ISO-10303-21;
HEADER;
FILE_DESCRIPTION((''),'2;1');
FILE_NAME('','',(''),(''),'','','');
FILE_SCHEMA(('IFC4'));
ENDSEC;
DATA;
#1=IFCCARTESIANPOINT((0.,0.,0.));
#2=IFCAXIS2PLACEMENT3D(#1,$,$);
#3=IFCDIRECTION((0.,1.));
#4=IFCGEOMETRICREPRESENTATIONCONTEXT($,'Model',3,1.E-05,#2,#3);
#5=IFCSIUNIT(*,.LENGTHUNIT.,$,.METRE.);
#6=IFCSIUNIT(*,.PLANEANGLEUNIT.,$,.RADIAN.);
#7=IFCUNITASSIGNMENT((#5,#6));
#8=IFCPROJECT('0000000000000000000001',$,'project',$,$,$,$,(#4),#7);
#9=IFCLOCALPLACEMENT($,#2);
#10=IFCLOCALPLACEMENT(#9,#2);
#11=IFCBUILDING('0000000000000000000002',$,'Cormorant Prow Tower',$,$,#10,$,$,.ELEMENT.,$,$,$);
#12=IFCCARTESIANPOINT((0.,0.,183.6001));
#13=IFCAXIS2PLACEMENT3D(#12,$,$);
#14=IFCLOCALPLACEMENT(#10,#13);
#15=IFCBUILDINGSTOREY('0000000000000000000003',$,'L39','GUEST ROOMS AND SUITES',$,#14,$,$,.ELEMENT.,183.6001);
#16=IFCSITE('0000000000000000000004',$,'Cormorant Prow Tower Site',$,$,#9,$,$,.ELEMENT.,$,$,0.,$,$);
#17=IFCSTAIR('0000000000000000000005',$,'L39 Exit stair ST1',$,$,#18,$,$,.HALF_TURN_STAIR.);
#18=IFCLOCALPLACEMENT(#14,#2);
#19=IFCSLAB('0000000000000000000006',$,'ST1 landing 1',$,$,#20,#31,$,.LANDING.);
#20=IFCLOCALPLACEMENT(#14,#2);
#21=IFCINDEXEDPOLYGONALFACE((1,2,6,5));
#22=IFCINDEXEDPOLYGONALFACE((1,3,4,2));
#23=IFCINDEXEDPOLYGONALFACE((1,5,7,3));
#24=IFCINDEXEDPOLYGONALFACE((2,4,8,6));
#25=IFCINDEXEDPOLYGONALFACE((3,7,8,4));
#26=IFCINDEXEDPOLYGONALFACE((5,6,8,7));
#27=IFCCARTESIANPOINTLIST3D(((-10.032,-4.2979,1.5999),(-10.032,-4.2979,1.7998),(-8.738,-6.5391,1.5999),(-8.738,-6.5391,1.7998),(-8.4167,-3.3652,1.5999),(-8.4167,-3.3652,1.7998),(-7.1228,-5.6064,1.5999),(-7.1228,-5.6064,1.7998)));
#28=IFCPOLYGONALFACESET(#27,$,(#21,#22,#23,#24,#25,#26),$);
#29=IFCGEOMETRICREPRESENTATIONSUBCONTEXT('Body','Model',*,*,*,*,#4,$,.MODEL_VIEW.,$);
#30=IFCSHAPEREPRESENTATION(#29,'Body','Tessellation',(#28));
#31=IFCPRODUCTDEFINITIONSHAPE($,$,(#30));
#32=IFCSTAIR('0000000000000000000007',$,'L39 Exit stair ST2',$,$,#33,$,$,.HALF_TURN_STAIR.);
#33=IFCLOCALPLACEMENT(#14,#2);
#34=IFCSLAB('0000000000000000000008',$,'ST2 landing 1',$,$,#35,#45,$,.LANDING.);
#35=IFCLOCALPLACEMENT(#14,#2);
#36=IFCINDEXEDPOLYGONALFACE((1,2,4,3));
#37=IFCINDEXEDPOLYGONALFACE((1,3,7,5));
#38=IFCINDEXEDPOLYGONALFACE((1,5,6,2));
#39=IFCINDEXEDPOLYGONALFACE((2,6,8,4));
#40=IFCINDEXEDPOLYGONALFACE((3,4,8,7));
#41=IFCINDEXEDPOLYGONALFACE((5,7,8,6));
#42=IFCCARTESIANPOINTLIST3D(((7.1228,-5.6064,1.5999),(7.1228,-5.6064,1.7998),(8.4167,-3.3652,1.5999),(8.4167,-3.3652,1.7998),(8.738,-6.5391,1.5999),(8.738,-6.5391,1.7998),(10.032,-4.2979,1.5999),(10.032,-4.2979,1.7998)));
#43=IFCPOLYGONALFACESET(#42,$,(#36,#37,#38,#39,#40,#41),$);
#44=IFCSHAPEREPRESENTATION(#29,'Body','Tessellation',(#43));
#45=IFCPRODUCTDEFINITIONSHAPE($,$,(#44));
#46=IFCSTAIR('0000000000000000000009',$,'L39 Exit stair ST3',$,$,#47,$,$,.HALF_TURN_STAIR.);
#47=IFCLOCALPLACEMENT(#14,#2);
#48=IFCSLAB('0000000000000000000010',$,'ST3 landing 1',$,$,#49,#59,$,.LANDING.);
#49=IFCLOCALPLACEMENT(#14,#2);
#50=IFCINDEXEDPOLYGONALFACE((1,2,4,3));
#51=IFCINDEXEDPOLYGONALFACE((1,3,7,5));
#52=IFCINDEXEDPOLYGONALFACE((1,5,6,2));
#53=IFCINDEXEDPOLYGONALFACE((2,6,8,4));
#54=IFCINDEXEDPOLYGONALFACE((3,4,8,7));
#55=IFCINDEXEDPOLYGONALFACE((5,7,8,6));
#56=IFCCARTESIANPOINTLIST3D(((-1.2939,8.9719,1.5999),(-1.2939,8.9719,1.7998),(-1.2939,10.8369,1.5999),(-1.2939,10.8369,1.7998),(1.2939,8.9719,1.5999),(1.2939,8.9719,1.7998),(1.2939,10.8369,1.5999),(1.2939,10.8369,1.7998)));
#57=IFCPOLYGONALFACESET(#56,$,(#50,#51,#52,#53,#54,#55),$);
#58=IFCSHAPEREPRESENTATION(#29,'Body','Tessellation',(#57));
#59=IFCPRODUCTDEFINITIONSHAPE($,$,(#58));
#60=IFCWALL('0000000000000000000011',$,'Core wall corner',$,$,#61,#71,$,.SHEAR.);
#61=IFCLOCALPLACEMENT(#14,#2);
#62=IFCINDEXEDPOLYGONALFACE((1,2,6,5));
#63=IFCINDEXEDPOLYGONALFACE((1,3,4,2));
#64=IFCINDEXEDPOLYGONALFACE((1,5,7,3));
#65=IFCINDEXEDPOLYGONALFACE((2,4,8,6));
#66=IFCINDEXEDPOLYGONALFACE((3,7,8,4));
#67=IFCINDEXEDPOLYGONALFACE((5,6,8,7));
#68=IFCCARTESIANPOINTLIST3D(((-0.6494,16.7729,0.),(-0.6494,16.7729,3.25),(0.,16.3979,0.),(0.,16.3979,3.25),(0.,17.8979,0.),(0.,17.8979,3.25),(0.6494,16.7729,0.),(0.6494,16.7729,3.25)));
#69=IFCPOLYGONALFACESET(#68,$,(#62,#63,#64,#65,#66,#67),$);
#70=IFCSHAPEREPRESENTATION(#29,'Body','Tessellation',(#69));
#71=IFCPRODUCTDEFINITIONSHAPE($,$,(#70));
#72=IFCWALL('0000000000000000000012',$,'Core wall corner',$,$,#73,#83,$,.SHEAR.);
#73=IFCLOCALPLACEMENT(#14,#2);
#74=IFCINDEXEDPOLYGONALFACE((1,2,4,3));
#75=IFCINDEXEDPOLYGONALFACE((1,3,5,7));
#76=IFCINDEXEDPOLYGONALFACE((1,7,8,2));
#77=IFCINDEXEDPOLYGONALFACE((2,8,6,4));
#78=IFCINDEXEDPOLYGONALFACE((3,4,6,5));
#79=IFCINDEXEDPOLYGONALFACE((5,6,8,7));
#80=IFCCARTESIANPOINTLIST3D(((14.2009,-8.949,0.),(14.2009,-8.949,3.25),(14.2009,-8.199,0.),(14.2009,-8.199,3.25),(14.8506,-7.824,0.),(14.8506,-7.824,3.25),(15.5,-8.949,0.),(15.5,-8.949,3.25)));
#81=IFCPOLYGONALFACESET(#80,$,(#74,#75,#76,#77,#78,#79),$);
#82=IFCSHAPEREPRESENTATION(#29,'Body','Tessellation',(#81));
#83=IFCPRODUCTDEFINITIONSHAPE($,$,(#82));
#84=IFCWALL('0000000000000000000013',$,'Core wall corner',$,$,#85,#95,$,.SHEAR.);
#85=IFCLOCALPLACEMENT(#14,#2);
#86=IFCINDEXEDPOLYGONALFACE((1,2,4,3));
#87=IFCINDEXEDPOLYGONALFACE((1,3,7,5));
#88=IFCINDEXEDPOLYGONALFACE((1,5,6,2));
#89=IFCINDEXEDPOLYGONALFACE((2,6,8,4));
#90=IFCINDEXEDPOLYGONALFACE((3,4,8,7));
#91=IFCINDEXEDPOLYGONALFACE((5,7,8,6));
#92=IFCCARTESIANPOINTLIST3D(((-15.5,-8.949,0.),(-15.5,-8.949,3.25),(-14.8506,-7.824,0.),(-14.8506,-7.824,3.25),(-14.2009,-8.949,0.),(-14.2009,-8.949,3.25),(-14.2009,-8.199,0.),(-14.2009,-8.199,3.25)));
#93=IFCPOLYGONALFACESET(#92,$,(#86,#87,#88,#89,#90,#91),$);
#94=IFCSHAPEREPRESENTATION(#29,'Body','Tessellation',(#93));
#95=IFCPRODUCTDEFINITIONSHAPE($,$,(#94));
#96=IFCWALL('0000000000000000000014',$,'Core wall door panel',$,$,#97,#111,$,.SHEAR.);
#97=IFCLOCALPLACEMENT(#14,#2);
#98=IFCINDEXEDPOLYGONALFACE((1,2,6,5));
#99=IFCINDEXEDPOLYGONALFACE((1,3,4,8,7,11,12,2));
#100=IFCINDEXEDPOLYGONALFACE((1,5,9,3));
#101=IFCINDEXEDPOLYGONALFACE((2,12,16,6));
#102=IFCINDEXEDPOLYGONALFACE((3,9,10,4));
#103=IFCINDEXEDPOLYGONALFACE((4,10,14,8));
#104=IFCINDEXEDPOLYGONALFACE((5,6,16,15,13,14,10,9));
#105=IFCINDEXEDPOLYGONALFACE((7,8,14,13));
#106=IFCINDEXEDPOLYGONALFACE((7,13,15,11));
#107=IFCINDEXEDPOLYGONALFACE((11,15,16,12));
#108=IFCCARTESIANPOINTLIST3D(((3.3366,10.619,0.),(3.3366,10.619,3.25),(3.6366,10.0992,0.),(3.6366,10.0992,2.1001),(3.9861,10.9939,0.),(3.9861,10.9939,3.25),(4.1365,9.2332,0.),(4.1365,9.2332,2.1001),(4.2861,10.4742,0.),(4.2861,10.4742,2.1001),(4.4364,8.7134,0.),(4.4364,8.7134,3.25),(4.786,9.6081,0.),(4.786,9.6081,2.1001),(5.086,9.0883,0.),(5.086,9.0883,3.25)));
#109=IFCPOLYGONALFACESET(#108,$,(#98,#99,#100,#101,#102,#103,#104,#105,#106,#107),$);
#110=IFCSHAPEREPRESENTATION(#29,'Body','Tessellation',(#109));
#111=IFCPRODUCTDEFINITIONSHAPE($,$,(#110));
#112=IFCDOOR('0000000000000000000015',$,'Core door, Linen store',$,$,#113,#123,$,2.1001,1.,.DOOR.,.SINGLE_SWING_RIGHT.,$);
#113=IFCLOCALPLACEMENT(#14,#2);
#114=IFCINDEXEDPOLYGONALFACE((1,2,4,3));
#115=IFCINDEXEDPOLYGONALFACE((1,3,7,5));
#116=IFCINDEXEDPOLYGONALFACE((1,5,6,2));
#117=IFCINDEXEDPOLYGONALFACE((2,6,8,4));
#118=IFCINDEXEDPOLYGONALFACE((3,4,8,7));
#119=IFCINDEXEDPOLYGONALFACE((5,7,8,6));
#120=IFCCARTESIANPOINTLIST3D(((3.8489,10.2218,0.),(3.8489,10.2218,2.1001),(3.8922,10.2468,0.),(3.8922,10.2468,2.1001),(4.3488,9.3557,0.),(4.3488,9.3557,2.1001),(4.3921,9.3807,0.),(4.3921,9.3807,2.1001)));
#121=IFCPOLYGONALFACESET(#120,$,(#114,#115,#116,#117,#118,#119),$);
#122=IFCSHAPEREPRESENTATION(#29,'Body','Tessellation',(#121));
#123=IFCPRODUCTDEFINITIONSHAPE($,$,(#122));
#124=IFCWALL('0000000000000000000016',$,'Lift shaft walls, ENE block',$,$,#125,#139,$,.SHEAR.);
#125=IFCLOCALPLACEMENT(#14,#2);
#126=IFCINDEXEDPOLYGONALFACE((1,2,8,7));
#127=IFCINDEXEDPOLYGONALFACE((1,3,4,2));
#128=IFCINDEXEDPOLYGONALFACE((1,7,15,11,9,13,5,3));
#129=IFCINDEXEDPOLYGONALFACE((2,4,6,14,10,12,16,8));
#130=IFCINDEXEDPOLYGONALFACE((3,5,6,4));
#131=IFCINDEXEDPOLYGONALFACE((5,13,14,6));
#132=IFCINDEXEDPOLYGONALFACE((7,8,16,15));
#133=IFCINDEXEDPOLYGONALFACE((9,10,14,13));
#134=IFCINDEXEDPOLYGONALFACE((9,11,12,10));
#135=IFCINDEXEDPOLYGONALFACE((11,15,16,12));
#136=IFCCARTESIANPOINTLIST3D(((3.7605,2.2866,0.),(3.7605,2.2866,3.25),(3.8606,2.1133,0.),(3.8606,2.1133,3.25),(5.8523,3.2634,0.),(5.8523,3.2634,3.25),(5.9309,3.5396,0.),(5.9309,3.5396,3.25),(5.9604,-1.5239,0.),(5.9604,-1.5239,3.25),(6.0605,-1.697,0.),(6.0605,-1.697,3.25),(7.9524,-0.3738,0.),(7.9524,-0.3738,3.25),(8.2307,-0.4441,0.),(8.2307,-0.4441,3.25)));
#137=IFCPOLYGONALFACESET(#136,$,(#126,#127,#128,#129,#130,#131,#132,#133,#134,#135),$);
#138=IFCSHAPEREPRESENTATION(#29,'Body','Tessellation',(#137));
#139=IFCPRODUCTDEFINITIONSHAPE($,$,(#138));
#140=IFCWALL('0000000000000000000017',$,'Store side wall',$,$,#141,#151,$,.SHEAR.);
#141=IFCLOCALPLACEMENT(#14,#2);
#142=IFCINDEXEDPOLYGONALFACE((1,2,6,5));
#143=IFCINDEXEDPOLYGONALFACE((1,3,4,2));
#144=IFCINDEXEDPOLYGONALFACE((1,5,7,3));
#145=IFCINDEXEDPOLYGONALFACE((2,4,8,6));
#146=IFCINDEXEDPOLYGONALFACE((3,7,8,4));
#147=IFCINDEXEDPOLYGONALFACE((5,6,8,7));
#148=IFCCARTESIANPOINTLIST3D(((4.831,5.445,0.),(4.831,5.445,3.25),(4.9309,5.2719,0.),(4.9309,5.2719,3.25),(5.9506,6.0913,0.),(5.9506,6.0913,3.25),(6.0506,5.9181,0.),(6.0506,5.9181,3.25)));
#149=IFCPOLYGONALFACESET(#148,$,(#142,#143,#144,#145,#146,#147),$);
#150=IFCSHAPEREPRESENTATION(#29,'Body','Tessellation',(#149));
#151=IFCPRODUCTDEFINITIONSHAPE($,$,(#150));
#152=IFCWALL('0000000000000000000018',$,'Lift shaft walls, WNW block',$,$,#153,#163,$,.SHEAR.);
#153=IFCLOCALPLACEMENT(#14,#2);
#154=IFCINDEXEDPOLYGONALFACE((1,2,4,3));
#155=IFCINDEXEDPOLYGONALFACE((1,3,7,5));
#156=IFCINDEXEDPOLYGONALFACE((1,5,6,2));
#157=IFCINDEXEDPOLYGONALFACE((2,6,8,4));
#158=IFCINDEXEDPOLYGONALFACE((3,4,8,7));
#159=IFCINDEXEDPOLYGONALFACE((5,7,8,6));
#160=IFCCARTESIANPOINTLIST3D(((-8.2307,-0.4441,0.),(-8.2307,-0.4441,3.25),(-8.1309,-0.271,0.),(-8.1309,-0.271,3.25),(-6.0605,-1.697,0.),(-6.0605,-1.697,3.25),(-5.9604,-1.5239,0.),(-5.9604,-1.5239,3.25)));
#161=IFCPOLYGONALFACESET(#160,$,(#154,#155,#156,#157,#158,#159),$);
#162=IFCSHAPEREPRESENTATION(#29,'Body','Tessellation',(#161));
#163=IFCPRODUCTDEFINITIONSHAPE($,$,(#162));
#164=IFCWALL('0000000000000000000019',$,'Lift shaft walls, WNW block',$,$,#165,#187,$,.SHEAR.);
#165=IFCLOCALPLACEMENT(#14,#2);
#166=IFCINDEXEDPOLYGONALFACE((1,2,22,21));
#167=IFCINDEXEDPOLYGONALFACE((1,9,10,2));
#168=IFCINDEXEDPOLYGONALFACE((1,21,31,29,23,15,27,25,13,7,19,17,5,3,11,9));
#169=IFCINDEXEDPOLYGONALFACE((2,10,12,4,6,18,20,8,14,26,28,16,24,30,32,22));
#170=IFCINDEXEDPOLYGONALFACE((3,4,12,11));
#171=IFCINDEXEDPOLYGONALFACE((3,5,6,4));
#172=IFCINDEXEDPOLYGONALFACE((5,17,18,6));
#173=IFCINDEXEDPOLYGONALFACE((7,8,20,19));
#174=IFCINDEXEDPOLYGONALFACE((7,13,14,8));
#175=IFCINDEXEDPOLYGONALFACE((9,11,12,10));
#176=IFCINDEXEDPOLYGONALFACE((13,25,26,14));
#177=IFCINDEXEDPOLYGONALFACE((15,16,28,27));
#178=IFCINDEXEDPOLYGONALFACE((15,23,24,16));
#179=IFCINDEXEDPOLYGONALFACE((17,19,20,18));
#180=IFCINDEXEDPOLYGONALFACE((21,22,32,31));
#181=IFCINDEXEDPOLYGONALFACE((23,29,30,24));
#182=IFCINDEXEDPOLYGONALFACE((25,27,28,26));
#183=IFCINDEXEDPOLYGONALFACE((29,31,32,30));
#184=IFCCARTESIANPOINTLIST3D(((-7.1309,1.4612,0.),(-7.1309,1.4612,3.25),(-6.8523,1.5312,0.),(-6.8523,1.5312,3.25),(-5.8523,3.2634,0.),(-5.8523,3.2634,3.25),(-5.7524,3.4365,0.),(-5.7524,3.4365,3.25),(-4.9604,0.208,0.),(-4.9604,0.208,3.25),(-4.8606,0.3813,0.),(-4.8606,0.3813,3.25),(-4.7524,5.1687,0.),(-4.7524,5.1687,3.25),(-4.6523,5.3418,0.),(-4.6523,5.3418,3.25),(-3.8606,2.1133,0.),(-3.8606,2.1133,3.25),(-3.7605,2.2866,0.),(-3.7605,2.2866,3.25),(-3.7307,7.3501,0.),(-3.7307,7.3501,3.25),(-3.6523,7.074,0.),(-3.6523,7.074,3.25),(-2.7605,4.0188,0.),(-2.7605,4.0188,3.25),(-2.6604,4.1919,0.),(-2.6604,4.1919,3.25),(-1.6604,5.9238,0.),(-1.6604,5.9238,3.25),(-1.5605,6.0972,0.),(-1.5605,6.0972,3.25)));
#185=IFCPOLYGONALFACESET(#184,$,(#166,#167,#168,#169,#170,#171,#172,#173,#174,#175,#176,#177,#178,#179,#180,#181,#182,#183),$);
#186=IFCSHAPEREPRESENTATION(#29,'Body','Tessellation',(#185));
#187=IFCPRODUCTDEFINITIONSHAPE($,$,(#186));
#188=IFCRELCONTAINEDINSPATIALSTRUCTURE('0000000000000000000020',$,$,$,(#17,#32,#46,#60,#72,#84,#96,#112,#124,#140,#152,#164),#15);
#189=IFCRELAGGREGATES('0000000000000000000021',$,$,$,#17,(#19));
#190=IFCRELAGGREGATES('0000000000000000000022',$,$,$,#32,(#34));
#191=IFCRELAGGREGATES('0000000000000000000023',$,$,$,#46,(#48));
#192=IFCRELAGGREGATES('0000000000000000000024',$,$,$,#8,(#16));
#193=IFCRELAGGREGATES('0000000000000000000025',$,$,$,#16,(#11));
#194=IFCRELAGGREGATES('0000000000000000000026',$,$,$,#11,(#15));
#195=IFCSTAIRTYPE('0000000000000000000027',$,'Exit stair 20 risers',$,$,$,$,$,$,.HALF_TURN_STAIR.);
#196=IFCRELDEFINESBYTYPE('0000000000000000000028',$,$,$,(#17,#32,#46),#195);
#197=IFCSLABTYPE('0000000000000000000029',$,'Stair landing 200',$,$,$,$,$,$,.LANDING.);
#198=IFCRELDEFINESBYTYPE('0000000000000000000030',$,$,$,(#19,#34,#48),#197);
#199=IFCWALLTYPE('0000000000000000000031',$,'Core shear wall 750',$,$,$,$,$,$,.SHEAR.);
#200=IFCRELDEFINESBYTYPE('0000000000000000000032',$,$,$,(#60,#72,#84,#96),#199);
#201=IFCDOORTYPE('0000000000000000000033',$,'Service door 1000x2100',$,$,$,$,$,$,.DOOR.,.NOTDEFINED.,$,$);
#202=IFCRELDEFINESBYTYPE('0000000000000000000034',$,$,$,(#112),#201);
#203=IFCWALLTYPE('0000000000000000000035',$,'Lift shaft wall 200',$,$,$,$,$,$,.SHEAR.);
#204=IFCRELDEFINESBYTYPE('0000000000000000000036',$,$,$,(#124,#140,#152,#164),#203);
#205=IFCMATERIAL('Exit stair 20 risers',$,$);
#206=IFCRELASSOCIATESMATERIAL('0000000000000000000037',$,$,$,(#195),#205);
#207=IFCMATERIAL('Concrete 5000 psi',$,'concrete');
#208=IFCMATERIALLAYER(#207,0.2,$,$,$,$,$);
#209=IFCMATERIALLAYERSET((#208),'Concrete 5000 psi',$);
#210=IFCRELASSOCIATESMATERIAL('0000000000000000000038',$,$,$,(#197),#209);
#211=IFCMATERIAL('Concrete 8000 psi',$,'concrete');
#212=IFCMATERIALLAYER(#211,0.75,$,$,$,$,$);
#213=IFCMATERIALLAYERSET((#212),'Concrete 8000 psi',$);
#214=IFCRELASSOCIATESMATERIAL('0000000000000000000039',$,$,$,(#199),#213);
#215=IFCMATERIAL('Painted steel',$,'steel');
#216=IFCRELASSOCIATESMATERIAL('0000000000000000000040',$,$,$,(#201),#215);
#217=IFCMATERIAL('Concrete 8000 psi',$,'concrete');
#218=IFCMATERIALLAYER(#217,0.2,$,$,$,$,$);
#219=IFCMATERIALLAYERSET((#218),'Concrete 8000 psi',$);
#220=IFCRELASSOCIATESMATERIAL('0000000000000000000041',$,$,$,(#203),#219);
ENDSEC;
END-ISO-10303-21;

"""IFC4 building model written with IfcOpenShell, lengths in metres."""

from ifc_helpers import new_model, si_unit, direction, frame, frame_2d, origin, place, context, subcontext, project, spatial, polyline, rectangle, outline, extrude, material, layer, layer_set, type_object, element, fill, aggregate, save


model = new_model("IFC4")

# Units and contexts
model_context = context("Model", 3, precision=1e-05, world=origin(), true_north=direction((0.0, 1.0)))
body_context = subcontext(model_context, "Body", "Model", "MODEL_VIEW")
ifc_project = project(units=[si_unit("LENGTHUNIT", "METRE"), si_unit("PLANEANGLEUNIT", "RADIAN")], contexts=[model_context])

# Site, building, storey
site_placement = place(None, origin())
site = spatial("IfcSite", under=ifc_project, at=site_placement, Name="Cormorant Prow Tower Site", CompositionType="ELEMENT", RefElevation=0.0)
building_placement = place(site_placement, origin())
building = spatial("IfcBuilding", under=site, at=building_placement, Name="Cormorant Prow Tower", CompositionType="ELEMENT")
storey_placement = place(building_placement, frame((0.0, 0.0, 183.6001)))
storey = spatial("IfcBuildingStorey", under=building, at=storey_placement, Name="L39", Description="GUEST ROOMS AND SUITES", CompositionType="ELEMENT", Elevation=183.6001)

# Stairs, slabs
ifc_material_1 = material(Name="Exit stair 20 risers")
stair_type = type_object("IfcStairType", Name="Exit stair 20 risers", PredefinedType="HALF_TURN_STAIR", material=ifc_material_1)
stair_1_placement = place(storey_placement, origin())
stair_1 = element("IfcStair", 1, at=stair_1_placement, inside=storey, type_object=stair_type, Name="L39 Exit stair ST1", PredefinedType="HALF_TURN_STAIR")
ifc_material_2 = material(Name="Concrete 5000 psi", Category="concrete")
ifc_layer_1 = layer(ifc_material_2, 0.2)
ifc_layer_set_1 = layer_set([ifc_layer_1], Name="Concrete 5000 psi")
slab_type = type_object("IfcSlabType", Name="Stair landing 200", PredefinedType="LANDING", material=ifc_layer_set_1)
slab_1_placement = place(storey_placement, frame((0.0, 0.0, 1.5999)))
slab_1 = element("IfcSlab", 2, at=slab_1_placement, type_object=slab_type, Name="ST1 landing 1", PredefinedType="LANDING", context=body_context, shape_type="SweptSolid", body=[
    extrude(outline(polyline([(-8.4167, -3.3652), (-10.032, -4.2979), (-8.738, -6.5391), (-7.1228, -5.6064), (-8.4167, -3.3652)])), origin(), (0.0, 0.0, 1.0), 0.2),
])
aggregate(stair_1, [slab_1])
stair_2_placement = place(storey_placement, origin())
stair_2 = element("IfcStair", 3, at=stair_2_placement, inside=storey, type_object=stair_type, Name="L39 Exit stair ST2", PredefinedType="HALF_TURN_STAIR")
slab_2_placement = place(storey_placement, frame((0.0, 0.0, 1.5999)))
slab_2 = element("IfcSlab", 4, at=slab_2_placement, type_object=slab_type, Name="ST2 landing 1", PredefinedType="LANDING", context=body_context, shape_type="SweptSolid", body=[
    extrude(outline(polyline([(7.1228, -5.6064), (8.738, -6.5391), (10.032, -4.2979), (8.4167, -3.3652), (7.1228, -5.6064)])), origin(), (0.0, 0.0, 1.0), 0.2),
])
aggregate(stair_2, [slab_2])
stair_3_placement = place(storey_placement, origin())
stair_3 = element("IfcStair", 5, at=stair_3_placement, inside=storey, type_object=stair_type, Name="L39 Exit stair ST3", PredefinedType="HALF_TURN_STAIR")
slab_3_placement = place(storey_placement, frame((0.0, 0.0, 1.5999)))
slab_3 = element("IfcSlab", 6, at=slab_3_placement, type_object=slab_type, Name="ST3 landing 1", PredefinedType="LANDING", context=body_context, shape_type="SweptSolid", body=[
    extrude(outline(polyline([(1.2939, 8.9719), (1.2939, 10.8369), (-1.2939, 10.8369), (-1.2939, 8.9719), (1.2939, 8.9719)])), origin(), (0.0, 0.0, 1.0), 0.2),
])

# Walls
ifc_material_3 = material(Name="Concrete 8000 psi", Category="concrete")
ifc_layer_2 = layer(ifc_material_3, 0.75)
ifc_layer_set_2 = layer_set([ifc_layer_2], Name="Concrete 8000 psi")
wall_type_1 = type_object("IfcWallType", Name="Core shear wall 750", PredefinedType="SHEAR", material=ifc_layer_set_2)
wall_1_placement = place(storey_placement, origin())
element("IfcWall", 7, at=wall_1_placement, inside=storey, type_object=wall_type_1, Name="Core wall corner", PredefinedType="SHEAR", context=body_context, shape_type="SweptSolid", body=[
    extrude(outline(polyline([(-0.6494, 16.7729), (0.0, 17.8979), (0.6494, 16.7729), (0.0, 16.3979), (-0.6494, 16.7729)])), origin(), (0.0, 0.0, 1.0), 3.25),
])
wall_2_placement = place(storey_placement, origin())
element("IfcWall", 8, at=wall_2_placement, inside=storey, type_object=wall_type_1, Name="Core wall corner", PredefinedType="SHEAR", context=body_context, shape_type="SweptSolid", body=[
    extrude(outline(polyline([(14.2009, -8.949), (14.2009, -8.199), (14.8506, -7.824), (15.5, -8.949), (14.2009, -8.949)])), origin(), (0.0, 0.0, 1.0), 3.25),
])
wall_3_placement = place(storey_placement, origin())
element("IfcWall", 9, at=wall_3_placement, inside=storey, type_object=wall_type_1, Name="Core wall corner", PredefinedType="SHEAR", context=body_context, shape_type="SweptSolid", body=[
    extrude(outline(polyline([(-14.8506, -7.824), (-14.2009, -8.199), (-14.2009, -8.949), (-15.5, -8.949), (-14.8506, -7.824)])), origin(), (0.0, 0.0, 1.0), 3.25),
])

# Wall, opening, door
wall_4_placement = place(storey_placement, frame((4.7612, 8.9009, 0.0), z_axis=(0.0, 0.0, 1.0), x_axis=(-0.499899, 0.866084, 0.0)))
wall_4 = element("IfcWall", 10, at=wall_4_placement, inside=storey, type_object=wall_type_1, Name="Core wall door panel", PredefinedType="SHEAR", context=body_context, shape_type="SweptSolid", body=[
    extrude(rectangle(XDim=2.2002, YDim=0.75, at=frame_2d((1.1001, 0.0))), origin(), (0.0, 0.0, 1.0), 3.25),
])
opening_1_placement = place(wall_4_placement, frame((0.6001, 0.0, 0.0)))
opening_1 = element("IfcOpeningElement", 11, at=opening_1_placement, cuts=wall_4, PredefinedType="OPENING", context=body_context, shape_type="SweptSolid", body=[
    extrude(rectangle(XDim=1.0, YDim=2.1001, at=frame_2d((0.5, 1.05))), frame((0.0, 0.385, 0.0), z_axis=(0.0, -1.0, 0.0), x_axis=(1.0, 0.0, 0.0)), (0.0, 0.0, 1.0), 0.77),
])
ifc_material_4 = material(Name="Painted steel", Category="steel")
door_type_1 = type_object("IfcDoorType", Name="Service door 1000x2100", OperationType="NOTDEFINED", PredefinedType="DOOR", material=ifc_material_4)
door_1_placement = place(opening_1_placement, origin())
door_1 = element("IfcDoor", 12, at=door_1_placement, inside=storey, type_object=door_type_1, Name="Core door, Linen store", OperationType="SINGLE_SWING_RIGHT", OverallHeight=2.1001, OverallWidth=1.0, PredefinedType="DOOR", context=body_context, shape_type="SweptSolid", body=[
    extrude(rectangle(XDim=1.0, YDim=2.1001, at=frame_2d((0.5, 1.05))), frame((0.0, 0.1299, 0.0), z_axis=(0.0, -1.0, 0.0), x_axis=(1.0, 0.0, 0.0)), (0.0, 0.0, 1.0), 0.05),
])
fill(opening_1, door_1)

# Walls
ifc_material_5 = material(Name="Concrete 8000 psi", Category="concrete")
ifc_layer_3 = layer(ifc_material_5, 0.2)
ifc_layer_set_3 = layer_set([ifc_layer_3], Name="Concrete 8000 psi")
wall_type_2 = type_object("IfcWallType", Name="Lift shaft wall 200", PredefinedType="SHEAR", material=ifc_layer_set_3)
wall_5_placement = place(storey_placement, origin())
element("IfcWall", 13, at=wall_5_placement, inside=storey, type_object=wall_type_2, Name="Lift shaft walls, ENE block", PredefinedType="SHEAR", context=body_context, shape_type="SweptSolid", body=[
    extrude(outline(polyline([(3.7605, 2.2866), (5.9309, 3.5396), (8.2307, -0.4441), (6.0605, -1.697), (5.9604, -1.5239), (7.9524, -0.3738), (5.8523, 3.2634), (3.8606, 2.1133), (3.7605, 2.2866)])), origin(), (0.0, 0.0, 1.0), 3.25),
])
wall_6_placement = place(storey_placement, frame((4.8809, 5.3584, 0.0), z_axis=(0.0, 0.0, 1.0), x_axis=(0.866085, 0.499897, 0.0)))
element("IfcWall", 14, at=wall_6_placement, inside=storey, type_object=wall_type_2, Name="Store side wall", PredefinedType="SHEAR", context=body_context, shape_type="SweptSolid", body=[
    extrude(rectangle(XDim=1.2927, YDim=0.2, at=frame_2d((0.6465, 0.0))), origin(), (0.0, 0.0, 1.0), 3.25),
])
wall_7_placement = place(storey_placement, origin())
element("IfcWall", 15, at=wall_7_placement, inside=storey, type_object=wall_type_2, Name="Lift shaft walls, WNW block", PredefinedType="SHEAR", context=body_context, shape_type="SweptSolid", body=[
    extrude(outline(polyline([(-6.0605, -1.697), (-8.2307, -0.4441), (-8.1309, -0.271), (-5.9604, -1.5239), (-6.0605, -1.697)])), origin(), (0.0, 0.0, 1.0), 3.25),
])
wall_8_placement = place(storey_placement, origin())
element("IfcWall", 16, at=wall_8_placement, inside=storey, type_object=wall_type_2, Name="Lift shaft walls, WNW block", PredefinedType="SHEAR", context=body_context, shape_type="SweptSolid", body=[
    extrude(outline(polyline([(-4.9604, 0.208), (-7.1309, 1.4612), (-3.7307, 7.3501), (-1.5605, 6.0972), (-1.6604, 5.9238), (-3.6523, 7.074), (-4.6523, 5.3418), (-2.6604, 4.1919), (-2.7605, 4.0188), (-4.7524, 5.1687), (-5.7524, 3.4365), (-3.7605, 2.2866), (-3.8606, 2.1133), (-5.8523, 3.2634), (-6.8523, 1.5312), (-4.8606, 0.3813), (-4.9604, 0.208)])), origin(), (0.0, 0.0, 1.0), 3.25),
])

aggregate(stair_3, [slab_3])

save(model, "model.ifc")
